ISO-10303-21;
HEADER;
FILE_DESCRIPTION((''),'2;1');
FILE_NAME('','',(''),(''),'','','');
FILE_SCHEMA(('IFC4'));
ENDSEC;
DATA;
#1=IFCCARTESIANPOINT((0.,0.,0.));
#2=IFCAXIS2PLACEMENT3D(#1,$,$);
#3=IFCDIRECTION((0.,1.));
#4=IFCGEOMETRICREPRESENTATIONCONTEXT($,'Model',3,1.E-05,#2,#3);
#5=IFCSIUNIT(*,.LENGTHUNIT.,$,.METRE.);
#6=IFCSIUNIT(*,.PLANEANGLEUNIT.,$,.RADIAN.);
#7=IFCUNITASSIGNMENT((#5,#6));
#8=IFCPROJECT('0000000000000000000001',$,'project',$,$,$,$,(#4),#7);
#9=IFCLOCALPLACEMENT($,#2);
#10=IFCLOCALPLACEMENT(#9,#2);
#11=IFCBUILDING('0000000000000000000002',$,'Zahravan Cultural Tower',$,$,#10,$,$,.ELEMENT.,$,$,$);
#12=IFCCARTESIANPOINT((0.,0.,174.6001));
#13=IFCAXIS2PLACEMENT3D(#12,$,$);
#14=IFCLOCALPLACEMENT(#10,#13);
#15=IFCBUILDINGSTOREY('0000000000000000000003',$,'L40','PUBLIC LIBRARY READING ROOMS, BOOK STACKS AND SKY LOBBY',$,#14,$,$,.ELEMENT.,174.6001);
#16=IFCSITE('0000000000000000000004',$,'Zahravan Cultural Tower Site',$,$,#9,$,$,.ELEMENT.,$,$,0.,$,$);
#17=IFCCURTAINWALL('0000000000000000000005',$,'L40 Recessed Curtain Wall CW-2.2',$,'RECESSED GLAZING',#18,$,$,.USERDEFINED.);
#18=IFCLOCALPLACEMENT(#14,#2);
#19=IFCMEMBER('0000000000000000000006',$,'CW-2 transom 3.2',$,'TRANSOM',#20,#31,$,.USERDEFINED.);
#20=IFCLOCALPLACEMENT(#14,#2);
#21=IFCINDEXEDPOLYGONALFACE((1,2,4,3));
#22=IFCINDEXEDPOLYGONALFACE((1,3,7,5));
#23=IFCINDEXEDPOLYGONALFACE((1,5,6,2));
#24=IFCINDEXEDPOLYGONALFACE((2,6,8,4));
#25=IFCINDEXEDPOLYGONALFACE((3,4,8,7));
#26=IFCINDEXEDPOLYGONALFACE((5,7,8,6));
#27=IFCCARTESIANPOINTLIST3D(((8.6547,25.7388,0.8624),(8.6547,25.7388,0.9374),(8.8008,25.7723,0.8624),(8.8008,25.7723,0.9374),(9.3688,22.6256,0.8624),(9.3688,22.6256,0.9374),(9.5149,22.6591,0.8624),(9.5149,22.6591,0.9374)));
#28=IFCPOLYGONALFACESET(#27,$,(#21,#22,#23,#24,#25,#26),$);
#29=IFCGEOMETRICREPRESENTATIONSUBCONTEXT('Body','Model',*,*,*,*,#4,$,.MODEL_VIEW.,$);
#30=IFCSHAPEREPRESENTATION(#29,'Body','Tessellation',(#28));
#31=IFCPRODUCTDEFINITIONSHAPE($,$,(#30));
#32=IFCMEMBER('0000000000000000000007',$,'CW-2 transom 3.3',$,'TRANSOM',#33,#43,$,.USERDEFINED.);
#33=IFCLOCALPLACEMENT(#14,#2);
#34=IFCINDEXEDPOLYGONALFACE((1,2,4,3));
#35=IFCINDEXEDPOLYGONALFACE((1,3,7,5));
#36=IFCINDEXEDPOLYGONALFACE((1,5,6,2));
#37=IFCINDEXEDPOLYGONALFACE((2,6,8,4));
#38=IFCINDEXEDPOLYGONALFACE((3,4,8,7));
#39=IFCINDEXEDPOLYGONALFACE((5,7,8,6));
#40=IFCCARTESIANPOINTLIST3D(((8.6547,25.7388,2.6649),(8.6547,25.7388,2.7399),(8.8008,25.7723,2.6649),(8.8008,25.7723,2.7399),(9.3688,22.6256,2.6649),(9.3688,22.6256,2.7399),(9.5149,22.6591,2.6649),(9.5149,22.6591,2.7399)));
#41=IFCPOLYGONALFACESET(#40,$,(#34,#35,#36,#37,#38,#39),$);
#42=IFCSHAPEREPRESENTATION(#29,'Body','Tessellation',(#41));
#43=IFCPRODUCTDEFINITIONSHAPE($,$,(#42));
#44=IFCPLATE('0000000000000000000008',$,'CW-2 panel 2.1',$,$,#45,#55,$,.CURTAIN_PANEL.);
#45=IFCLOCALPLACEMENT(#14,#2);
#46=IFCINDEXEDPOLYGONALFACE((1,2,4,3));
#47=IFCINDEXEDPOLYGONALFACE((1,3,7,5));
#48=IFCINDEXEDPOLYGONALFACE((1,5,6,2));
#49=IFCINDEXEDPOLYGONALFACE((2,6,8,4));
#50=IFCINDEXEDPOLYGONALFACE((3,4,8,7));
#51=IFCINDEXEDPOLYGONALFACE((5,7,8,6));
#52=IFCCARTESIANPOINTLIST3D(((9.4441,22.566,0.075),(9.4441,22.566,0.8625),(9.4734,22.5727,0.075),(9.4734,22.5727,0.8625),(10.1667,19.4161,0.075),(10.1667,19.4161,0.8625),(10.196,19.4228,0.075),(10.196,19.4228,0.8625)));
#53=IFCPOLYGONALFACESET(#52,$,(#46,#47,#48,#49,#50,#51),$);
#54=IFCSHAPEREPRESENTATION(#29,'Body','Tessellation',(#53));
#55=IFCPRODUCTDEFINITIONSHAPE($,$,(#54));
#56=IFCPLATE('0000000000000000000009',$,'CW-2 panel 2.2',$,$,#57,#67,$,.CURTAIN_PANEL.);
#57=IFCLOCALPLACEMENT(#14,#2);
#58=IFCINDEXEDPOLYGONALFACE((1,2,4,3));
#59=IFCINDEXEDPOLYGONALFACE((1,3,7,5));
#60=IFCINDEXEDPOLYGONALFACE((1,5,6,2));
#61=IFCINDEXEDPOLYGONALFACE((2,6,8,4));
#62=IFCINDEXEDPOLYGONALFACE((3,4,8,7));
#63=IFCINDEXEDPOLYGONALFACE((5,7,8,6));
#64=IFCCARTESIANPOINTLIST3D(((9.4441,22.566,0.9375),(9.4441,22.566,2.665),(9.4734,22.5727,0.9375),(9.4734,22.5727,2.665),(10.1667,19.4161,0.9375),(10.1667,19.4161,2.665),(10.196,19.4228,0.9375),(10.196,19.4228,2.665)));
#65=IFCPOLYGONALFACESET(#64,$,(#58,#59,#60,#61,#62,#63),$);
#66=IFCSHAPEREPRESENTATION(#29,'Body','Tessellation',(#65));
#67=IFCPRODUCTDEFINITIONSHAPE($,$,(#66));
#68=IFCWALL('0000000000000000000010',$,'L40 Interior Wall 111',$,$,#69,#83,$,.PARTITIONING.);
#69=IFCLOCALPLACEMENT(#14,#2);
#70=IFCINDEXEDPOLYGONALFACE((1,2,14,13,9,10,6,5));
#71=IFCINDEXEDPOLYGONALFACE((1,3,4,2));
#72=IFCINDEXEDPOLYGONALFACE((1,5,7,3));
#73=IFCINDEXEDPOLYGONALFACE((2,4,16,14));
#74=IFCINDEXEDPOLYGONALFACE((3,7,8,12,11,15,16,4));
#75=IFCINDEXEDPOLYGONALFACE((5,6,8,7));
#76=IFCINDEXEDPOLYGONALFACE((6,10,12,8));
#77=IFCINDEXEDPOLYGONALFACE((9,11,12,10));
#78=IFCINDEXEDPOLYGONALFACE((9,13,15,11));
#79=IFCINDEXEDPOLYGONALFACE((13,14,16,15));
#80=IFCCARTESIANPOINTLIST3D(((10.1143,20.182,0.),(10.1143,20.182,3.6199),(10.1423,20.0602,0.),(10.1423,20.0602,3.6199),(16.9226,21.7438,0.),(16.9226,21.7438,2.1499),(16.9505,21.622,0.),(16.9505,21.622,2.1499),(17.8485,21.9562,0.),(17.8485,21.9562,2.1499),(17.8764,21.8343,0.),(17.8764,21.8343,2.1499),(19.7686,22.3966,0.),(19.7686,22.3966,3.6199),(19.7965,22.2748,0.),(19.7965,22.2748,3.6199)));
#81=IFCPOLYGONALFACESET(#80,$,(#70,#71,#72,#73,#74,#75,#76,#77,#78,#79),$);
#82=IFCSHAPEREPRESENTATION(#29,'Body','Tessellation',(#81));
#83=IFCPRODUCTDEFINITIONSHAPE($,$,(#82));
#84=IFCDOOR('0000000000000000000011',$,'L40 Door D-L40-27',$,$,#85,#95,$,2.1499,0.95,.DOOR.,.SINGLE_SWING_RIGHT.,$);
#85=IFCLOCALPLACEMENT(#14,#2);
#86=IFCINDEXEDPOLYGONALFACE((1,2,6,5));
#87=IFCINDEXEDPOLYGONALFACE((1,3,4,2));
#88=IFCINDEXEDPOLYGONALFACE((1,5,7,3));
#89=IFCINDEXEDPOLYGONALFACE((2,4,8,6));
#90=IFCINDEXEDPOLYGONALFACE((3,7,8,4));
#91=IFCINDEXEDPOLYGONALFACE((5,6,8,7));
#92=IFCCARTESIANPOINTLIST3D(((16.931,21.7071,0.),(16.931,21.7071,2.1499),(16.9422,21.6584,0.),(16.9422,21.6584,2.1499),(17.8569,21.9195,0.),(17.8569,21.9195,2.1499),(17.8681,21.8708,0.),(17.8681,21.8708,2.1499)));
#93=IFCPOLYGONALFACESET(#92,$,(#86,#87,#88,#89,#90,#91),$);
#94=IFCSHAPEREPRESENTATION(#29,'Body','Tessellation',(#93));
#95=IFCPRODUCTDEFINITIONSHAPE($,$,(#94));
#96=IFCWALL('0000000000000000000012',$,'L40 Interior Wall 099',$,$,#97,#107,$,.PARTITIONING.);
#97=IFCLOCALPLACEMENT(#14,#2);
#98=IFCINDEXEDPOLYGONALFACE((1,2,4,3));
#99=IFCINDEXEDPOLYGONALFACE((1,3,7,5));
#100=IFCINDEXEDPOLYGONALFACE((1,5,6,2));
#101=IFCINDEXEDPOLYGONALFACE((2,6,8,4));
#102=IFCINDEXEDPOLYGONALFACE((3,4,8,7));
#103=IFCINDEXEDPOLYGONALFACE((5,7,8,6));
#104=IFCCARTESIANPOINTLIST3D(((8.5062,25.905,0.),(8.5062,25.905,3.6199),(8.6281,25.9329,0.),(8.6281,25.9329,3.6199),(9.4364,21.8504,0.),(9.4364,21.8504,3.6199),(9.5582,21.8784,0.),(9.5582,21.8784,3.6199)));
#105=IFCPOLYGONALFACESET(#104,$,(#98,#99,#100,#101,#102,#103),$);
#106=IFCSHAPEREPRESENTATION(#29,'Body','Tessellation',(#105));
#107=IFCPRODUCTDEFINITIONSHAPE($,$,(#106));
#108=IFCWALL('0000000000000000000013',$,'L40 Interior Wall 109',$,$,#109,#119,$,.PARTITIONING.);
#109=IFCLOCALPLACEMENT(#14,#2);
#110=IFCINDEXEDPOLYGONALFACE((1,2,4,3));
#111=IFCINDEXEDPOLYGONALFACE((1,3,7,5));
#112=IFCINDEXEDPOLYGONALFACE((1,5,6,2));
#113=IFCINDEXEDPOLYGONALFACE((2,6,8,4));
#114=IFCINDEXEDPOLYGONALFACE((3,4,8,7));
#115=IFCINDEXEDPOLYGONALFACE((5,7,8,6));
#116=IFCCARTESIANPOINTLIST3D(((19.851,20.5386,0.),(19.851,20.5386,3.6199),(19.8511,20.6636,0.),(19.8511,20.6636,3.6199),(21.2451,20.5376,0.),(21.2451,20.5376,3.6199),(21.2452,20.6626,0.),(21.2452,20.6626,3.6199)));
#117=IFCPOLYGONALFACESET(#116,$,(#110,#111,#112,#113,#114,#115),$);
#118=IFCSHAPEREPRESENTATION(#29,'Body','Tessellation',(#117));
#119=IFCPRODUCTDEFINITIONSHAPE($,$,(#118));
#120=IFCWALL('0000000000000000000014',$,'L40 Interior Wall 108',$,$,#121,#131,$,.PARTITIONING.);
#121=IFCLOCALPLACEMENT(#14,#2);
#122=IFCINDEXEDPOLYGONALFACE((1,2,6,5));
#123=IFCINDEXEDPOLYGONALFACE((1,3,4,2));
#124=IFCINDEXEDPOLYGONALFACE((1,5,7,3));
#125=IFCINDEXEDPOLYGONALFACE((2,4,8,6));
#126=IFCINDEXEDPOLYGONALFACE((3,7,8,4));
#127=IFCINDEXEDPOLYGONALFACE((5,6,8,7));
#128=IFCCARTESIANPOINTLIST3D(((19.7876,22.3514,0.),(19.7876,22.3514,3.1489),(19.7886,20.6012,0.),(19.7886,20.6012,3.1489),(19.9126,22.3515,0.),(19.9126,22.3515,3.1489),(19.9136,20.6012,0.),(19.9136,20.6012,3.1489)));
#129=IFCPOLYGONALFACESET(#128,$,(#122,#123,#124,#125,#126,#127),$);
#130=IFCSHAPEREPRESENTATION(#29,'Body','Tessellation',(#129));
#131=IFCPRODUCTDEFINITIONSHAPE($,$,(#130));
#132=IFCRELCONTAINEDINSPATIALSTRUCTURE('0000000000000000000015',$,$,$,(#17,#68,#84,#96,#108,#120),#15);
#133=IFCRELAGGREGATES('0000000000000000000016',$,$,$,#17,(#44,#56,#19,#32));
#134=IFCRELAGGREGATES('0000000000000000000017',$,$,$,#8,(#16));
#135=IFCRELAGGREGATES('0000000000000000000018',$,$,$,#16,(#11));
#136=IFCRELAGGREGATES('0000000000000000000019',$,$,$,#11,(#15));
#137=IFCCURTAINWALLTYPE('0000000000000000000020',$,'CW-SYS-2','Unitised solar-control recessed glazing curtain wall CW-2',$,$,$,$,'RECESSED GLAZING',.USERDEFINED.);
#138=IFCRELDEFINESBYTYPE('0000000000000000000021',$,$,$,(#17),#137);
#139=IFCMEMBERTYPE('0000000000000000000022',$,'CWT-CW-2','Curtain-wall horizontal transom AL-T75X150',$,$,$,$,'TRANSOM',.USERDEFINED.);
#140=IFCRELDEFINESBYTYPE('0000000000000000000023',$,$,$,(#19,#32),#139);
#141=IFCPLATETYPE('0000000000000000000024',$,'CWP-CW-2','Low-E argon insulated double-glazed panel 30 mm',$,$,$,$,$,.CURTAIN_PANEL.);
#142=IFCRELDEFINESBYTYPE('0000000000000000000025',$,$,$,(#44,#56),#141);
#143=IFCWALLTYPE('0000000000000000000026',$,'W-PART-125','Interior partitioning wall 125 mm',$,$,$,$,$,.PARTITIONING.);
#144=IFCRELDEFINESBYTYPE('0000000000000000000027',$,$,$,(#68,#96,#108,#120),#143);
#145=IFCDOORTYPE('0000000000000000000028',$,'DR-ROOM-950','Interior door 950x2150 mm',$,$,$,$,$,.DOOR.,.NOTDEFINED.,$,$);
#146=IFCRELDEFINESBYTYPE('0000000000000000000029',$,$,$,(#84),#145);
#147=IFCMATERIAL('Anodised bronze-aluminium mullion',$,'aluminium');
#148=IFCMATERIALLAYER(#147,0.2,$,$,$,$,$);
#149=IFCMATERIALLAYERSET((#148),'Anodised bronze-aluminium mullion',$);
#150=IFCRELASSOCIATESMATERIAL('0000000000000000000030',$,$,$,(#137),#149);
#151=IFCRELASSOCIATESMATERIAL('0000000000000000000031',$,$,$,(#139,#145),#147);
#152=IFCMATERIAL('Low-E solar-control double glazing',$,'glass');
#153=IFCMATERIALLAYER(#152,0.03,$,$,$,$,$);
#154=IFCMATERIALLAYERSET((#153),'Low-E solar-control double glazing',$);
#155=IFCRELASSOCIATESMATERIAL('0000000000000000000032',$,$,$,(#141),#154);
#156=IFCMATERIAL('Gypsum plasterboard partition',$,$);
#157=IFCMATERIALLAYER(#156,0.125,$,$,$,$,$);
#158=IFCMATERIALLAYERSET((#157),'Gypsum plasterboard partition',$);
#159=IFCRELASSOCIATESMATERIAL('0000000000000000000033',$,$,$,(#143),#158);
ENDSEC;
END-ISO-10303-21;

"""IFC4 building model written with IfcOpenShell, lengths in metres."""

from ifc_helpers import new_model, si_unit, direction, frame, frame_2d, origin, origin_2d, place, context, subcontext, project, spatial, rectangle, extrude, source, transform, mapped, material, layer, layer_set, material_profile, profile_set, type_object, element, fill, aggregate, save


model = new_model("IFC4")

# Units and contexts
model_context = context("Model", 3, precision=1e-05, world=origin(), true_north=direction((0.0, 1.0)))
body_context = subcontext(model_context, "Body", "Model", "MODEL_VIEW")
ifc_project = project(units=[si_unit("LENGTHUNIT", "METRE"), si_unit("PLANEANGLEUNIT", "RADIAN")], contexts=[model_context])

# Site, building, storey
site_placement = place(None, origin())
site = spatial("IfcSite", under=ifc_project, at=site_placement, Name="Zahravan Cultural Tower Site", CompositionType="ELEMENT", RefElevation=0.0)
building_placement = place(site_placement, origin())
building = spatial("IfcBuilding", under=site, at=building_placement, Name="Zahravan Cultural Tower", CompositionType="ELEMENT")
storey_placement = place(building_placement, frame((0.0, 0.0, 174.6001)))
storey = spatial("IfcBuildingStorey", under=building, at=storey_placement, Name="L40", Description="PUBLIC LIBRARY READING ROOMS, BOOK STACKS AND SKY LOBBY", CompositionType="ELEMENT", Elevation=174.6001)

# Curtain wall, members, plates
ifc_material_1 = material(Name="Anodised bronze-aluminium mullion", Category="aluminium")
ifc_layer_1 = layer(ifc_material_1, 0.2)
ifc_layer_set_1 = layer_set([ifc_layer_1], Name="Anodised bronze-aluminium mullion")
curtain_wall_type = type_object("IfcCurtainWallType", Name="CW-SYS-2", Description="Unitised solar-control recessed glazing curtain wall CW-2", ElementType="RECESSED GLAZING", PredefinedType="USERDEFINED", material=ifc_layer_set_1)
curtain_wall_placement = place(storey_placement, origin())
curtain_wall = element("IfcCurtainWall", 1, at=curtain_wall_placement, inside=storey, type_object=curtain_wall_type, Name="L40 Recessed Curtain Wall CW-2.2", ObjectType="RECESSED GLAZING", PredefinedType="USERDEFINED")
ifc_material_profile_1 = material_profile(ifc_material_1, rectangle(XDim=0.1499, YDim=0.075, at=origin_2d()), Name="AL-T75X150")
ifc_profile_set_1 = profile_set([ifc_material_profile_1], Name="Anodised bronze-aluminium mullion")
member_type_1 = type_object("IfcMemberType", Name="CWT-CW-2", Description="Curtain-wall horizontal transom AL-T75X150", ElementType="TRANSOM", PredefinedType="USERDEFINED", material=ifc_profile_set_1)
shared_shape_1 = source(origin(), body_context, "Body", "SweptSolid", [
    extrude(rectangle(XDim=0.1499, YDim=0.075, at=origin_2d()), origin(), (0.0, 0.0, 1.0), 3.1941),
])
member_1_placement = place(storey_placement, frame((9.4419, 22.6423, 0.8999), z_axis=(-0.22357, 0.974688, 0.0), x_axis=(-0.974688, -0.22357, 0.0)))
member_1 = element("IfcMember", 2, at=member_1_placement, type_object=member_type_1, Name="CW-2 transom 3.2", ObjectType="TRANSOM", PredefinedType="USERDEFINED", context=body_context, shape_type="MappedRepresentation", body=[
    mapped(shared_shape_1, transform((0.0, 0.0, 0.0), x_axis=(1.0, 0.0, 0.0), y_axis=(0.0, 1.0, 0.0), z_axis=(0.0, 0.0, 1.0), scale=1.0)),
])
member_2_placement = place(storey_placement, frame((9.4419, 22.6423, 2.7024), z_axis=(-0.22357, 0.974688, 0.0), x_axis=(-0.974688, -0.22357, 0.0)))
member_2 = element("IfcMember", 3, at=member_2_placement, type_object=member_type_1, Name="CW-2 transom 3.3", ObjectType="TRANSOM", PredefinedType="USERDEFINED", context=body_context, shape_type="MappedRepresentation", body=[
    mapped(shared_shape_1, transform((0.0, 0.0, 0.0), x_axis=(1.0, 0.0, 0.0), y_axis=(0.0, 1.0, 0.0), z_axis=(0.0, 0.0, 1.0), scale=1.0)),
])
ifc_material_2 = material(Name="Low-E solar-control double glazing", Category="glass")
ifc_layer_2 = layer(ifc_material_2, 0.03)
ifc_layer_set_2 = layer_set([ifc_layer_2], Name="Low-E solar-control double glazing")
plate_type = type_object("IfcPlateType", Name="CWP-CW-2", Description="Low-E argon insulated double-glazed panel 30 mm", PredefinedType="CURTAIN_PANEL", material=ifc_layer_set_2)
shared_shape_2 = source(origin(), body_context, "Body", "SweptSolid", [
    extrude(rectangle(XDim=3.2317, YDim=0.03, at=origin_2d()), origin(), (0.0, 0.0, 1.0), 0.7876),
])
plate_1_placement = place(storey_placement, frame((9.8201, 20.9944, 0.075), z_axis=(0.0, 0.0, 1.0), x_axis=(-0.2236, 0.974681, 0.0)))
plate_1 = element("IfcPlate", 4, at=plate_1_placement, type_object=plate_type, Name="CW-2 panel 2.1", PredefinedType="CURTAIN_PANEL", context=body_context, shape_type="MappedRepresentation", body=[
    mapped(shared_shape_2, transform((0.0, 0.0, 0.0), x_axis=(1.0, 0.0, 0.0), y_axis=(0.0, 1.0, 0.0), z_axis=(0.0, 0.0, 1.0), scale=1.0)),
])
shared_shape_3 = source(origin(), body_context, "Body", "SweptSolid", [
    extrude(rectangle(XDim=3.2317, YDim=0.03, at=origin_2d()), origin(), (0.0, 0.0, 1.0), 1.7275),
])
plate_2_placement = place(storey_placement, frame((9.8201, 20.9944, 0.9375), z_axis=(0.0, 0.0, 1.0), x_axis=(-0.2236, 0.974681, 0.0)))
plate_2 = element("IfcPlate", 5, at=plate_2_placement, type_object=plate_type, Name="CW-2 panel 2.2", PredefinedType="CURTAIN_PANEL", context=body_context, shape_type="MappedRepresentation", body=[
    mapped(shared_shape_3, transform((0.0, 0.0, 0.0), x_axis=(1.0, 0.0, 0.0), y_axis=(0.0, 1.0, 0.0), z_axis=(0.0, 0.0, 1.0), scale=1.0)),
])
aggregate(curtain_wall, [plate_1, plate_2, member_1, member_2])

# Wall, opening, door
ifc_material_3 = material(Name="Gypsum plasterboard partition")
ifc_layer_3 = layer(ifc_material_3, 0.125)
ifc_layer_set_3 = layer_set([ifc_layer_3], Name="Gypsum plasterboard partition")
wall_type = type_object("IfcWallType", Name="W-PART-125", Description="Interior partitioning wall 125 mm", PredefinedType="PARTITIONING", material=ifc_layer_set_3)
wall_1_placement = place(storey_placement, frame((10.1282, 20.1211, 0.0), z_axis=(0.0, 0.0, 1.0), x_axis=(0.974685, 0.223583, 0.0)))
wall_1 = element("IfcWall", 6, at=wall_1_placement, inside=storey, type_object=wall_type, Name="L40 Interior Wall 111", PredefinedType="PARTITIONING", context=body_context, shape_type="SweptSolid", body=[
    extrude(rectangle(XDim=9.905, YDim=0.125, at=frame_2d((4.9526, 0.0))), origin(), (0.0, 0.0, 1.0), 3.6199),
])
opening_placement = place(wall_1_placement, frame((6.9851, 0.0, 0.0)))
opening = element("IfcOpeningElement", 7, at=opening_placement, cuts=wall_1, PredefinedType="OPENING", context=body_context, shape_type="SweptSolid", body=[
    extrude(rectangle(XDim=0.95, YDim=2.1499, at=frame_2d((0.4751, 1.075))), frame((0.0, 0.0725, 0.0), z_axis=(0.0, -1.0, 0.0), x_axis=(1.0, 0.0, 0.0)), (0.0, 0.0, 1.0), 0.145),
])
door_type = type_object("IfcDoorType", Name="DR-ROOM-950", Description="Interior door 950x2150 mm", OperationType="NOTDEFINED", PredefinedType="DOOR", material=ifc_material_1)
shared_shape_4 = source(origin(), body_context, "Body", "SweptSolid", [
    extrude(rectangle(XDim=0.95, YDim=2.1499, at=frame_2d((0.4751, 1.075))), frame((0.0, 0.0249, 0.0), z_axis=(0.0, -1.0, 0.0), x_axis=(1.0, 0.0, 0.0)), (0.0, 0.0, 1.0), 0.05),
])
door_placement = place(opening_placement, origin())
door = element("IfcDoor", 8, at=door_placement, inside=storey, type_object=door_type, Name="L40 Door D-L40-27", OperationType="SINGLE_SWING_RIGHT", OverallHeight=2.1499, OverallWidth=0.95, PredefinedType="DOOR", context=body_context, shape_type="MappedRepresentation", body=[
    mapped(shared_shape_4, transform((0.0, 0.0, 0.0), x_axis=(1.0, 0.0, 0.0), y_axis=(0.0, 1.0, 0.0), z_axis=(0.0, 0.0, 1.0), scale=1.0)),
])
fill(opening, door)

# Walls
shared_shape_5 = source(origin(), body_context, "Body", "SweptSolid", [
    extrude(rectangle(XDim=4.1599, YDim=0.125, at=frame_2d((2.0801, 0.0))), origin(), (0.0, 0.0, 1.0), 3.6199),
])
wall_2_placement = place(storey_placement, frame((9.4973, 21.8643, 0.0), z_axis=(0.0, 0.0, 1.0), x_axis=(-0.223599, 0.974681, 0.0)))
element("IfcWall", 9, at=wall_2_placement, inside=storey, type_object=wall_type, Name="L40 Interior Wall 099", PredefinedType="PARTITIONING", context=body_context, shape_type="MappedRepresentation", body=[
    mapped(shared_shape_5, transform((0.0, 0.0, 0.0), x_axis=(1.0, 0.0, 0.0), y_axis=(0.0, 1.0, 0.0), z_axis=(0.0, 0.0, 1.0), scale=1.0)),
])
shared_shape_6 = source(origin(), body_context, "Body", "SweptSolid", [
    extrude(rectangle(XDim=1.394, YDim=0.125, at=frame_2d((0.697, 0.0))), origin(), (0.0, 0.0, 1.0), 3.6199),
])
wall_3_placement = place(storey_placement, frame((19.8511, 20.6011, 0.0), z_axis=(0.0, 0.0, 1.0), x_axis=(1.0, -0.000701, 0.0)))
element("IfcWall", 10, at=wall_3_placement, inside=storey, type_object=wall_type, Name="L40 Interior Wall 109", PredefinedType="PARTITIONING", context=body_context, shape_type="MappedRepresentation", body=[
    mapped(shared_shape_6, transform((0.0, 0.0, 0.0), x_axis=(1.0, 0.0, 0.0), y_axis=(0.0, 1.0, 0.0), z_axis=(0.0, 0.0, 1.0), scale=1.0)),
])
shared_shape_7 = source(origin(), body_context, "Body", "SweptSolid", [
    extrude(rectangle(XDim=1.7502, YDim=0.125, at=frame_2d((0.875, 0.0))), origin(), (0.0, 0.0, 1.0), 3.1489),
])
wall_4_placement = place(storey_placement, frame((19.8501, 22.3513, 0.0), z_axis=(0.0, 0.0, 1.0), x_axis=(0.000558, -1.0, 0.0)))
element("IfcWall", 11, at=wall_4_placement, inside=storey, type_object=wall_type, Name="L40 Interior Wall 108", PredefinedType="PARTITIONING", context=body_context, shape_type="MappedRepresentation", body=[
    mapped(shared_shape_7, transform((0.0, 0.0, 0.0), x_axis=(1.0, 0.0, 0.0), y_axis=(0.0, 1.0, 0.0), z_axis=(0.0, 0.0, 1.0), scale=1.0)),
])

save(model, "model.ifc")
